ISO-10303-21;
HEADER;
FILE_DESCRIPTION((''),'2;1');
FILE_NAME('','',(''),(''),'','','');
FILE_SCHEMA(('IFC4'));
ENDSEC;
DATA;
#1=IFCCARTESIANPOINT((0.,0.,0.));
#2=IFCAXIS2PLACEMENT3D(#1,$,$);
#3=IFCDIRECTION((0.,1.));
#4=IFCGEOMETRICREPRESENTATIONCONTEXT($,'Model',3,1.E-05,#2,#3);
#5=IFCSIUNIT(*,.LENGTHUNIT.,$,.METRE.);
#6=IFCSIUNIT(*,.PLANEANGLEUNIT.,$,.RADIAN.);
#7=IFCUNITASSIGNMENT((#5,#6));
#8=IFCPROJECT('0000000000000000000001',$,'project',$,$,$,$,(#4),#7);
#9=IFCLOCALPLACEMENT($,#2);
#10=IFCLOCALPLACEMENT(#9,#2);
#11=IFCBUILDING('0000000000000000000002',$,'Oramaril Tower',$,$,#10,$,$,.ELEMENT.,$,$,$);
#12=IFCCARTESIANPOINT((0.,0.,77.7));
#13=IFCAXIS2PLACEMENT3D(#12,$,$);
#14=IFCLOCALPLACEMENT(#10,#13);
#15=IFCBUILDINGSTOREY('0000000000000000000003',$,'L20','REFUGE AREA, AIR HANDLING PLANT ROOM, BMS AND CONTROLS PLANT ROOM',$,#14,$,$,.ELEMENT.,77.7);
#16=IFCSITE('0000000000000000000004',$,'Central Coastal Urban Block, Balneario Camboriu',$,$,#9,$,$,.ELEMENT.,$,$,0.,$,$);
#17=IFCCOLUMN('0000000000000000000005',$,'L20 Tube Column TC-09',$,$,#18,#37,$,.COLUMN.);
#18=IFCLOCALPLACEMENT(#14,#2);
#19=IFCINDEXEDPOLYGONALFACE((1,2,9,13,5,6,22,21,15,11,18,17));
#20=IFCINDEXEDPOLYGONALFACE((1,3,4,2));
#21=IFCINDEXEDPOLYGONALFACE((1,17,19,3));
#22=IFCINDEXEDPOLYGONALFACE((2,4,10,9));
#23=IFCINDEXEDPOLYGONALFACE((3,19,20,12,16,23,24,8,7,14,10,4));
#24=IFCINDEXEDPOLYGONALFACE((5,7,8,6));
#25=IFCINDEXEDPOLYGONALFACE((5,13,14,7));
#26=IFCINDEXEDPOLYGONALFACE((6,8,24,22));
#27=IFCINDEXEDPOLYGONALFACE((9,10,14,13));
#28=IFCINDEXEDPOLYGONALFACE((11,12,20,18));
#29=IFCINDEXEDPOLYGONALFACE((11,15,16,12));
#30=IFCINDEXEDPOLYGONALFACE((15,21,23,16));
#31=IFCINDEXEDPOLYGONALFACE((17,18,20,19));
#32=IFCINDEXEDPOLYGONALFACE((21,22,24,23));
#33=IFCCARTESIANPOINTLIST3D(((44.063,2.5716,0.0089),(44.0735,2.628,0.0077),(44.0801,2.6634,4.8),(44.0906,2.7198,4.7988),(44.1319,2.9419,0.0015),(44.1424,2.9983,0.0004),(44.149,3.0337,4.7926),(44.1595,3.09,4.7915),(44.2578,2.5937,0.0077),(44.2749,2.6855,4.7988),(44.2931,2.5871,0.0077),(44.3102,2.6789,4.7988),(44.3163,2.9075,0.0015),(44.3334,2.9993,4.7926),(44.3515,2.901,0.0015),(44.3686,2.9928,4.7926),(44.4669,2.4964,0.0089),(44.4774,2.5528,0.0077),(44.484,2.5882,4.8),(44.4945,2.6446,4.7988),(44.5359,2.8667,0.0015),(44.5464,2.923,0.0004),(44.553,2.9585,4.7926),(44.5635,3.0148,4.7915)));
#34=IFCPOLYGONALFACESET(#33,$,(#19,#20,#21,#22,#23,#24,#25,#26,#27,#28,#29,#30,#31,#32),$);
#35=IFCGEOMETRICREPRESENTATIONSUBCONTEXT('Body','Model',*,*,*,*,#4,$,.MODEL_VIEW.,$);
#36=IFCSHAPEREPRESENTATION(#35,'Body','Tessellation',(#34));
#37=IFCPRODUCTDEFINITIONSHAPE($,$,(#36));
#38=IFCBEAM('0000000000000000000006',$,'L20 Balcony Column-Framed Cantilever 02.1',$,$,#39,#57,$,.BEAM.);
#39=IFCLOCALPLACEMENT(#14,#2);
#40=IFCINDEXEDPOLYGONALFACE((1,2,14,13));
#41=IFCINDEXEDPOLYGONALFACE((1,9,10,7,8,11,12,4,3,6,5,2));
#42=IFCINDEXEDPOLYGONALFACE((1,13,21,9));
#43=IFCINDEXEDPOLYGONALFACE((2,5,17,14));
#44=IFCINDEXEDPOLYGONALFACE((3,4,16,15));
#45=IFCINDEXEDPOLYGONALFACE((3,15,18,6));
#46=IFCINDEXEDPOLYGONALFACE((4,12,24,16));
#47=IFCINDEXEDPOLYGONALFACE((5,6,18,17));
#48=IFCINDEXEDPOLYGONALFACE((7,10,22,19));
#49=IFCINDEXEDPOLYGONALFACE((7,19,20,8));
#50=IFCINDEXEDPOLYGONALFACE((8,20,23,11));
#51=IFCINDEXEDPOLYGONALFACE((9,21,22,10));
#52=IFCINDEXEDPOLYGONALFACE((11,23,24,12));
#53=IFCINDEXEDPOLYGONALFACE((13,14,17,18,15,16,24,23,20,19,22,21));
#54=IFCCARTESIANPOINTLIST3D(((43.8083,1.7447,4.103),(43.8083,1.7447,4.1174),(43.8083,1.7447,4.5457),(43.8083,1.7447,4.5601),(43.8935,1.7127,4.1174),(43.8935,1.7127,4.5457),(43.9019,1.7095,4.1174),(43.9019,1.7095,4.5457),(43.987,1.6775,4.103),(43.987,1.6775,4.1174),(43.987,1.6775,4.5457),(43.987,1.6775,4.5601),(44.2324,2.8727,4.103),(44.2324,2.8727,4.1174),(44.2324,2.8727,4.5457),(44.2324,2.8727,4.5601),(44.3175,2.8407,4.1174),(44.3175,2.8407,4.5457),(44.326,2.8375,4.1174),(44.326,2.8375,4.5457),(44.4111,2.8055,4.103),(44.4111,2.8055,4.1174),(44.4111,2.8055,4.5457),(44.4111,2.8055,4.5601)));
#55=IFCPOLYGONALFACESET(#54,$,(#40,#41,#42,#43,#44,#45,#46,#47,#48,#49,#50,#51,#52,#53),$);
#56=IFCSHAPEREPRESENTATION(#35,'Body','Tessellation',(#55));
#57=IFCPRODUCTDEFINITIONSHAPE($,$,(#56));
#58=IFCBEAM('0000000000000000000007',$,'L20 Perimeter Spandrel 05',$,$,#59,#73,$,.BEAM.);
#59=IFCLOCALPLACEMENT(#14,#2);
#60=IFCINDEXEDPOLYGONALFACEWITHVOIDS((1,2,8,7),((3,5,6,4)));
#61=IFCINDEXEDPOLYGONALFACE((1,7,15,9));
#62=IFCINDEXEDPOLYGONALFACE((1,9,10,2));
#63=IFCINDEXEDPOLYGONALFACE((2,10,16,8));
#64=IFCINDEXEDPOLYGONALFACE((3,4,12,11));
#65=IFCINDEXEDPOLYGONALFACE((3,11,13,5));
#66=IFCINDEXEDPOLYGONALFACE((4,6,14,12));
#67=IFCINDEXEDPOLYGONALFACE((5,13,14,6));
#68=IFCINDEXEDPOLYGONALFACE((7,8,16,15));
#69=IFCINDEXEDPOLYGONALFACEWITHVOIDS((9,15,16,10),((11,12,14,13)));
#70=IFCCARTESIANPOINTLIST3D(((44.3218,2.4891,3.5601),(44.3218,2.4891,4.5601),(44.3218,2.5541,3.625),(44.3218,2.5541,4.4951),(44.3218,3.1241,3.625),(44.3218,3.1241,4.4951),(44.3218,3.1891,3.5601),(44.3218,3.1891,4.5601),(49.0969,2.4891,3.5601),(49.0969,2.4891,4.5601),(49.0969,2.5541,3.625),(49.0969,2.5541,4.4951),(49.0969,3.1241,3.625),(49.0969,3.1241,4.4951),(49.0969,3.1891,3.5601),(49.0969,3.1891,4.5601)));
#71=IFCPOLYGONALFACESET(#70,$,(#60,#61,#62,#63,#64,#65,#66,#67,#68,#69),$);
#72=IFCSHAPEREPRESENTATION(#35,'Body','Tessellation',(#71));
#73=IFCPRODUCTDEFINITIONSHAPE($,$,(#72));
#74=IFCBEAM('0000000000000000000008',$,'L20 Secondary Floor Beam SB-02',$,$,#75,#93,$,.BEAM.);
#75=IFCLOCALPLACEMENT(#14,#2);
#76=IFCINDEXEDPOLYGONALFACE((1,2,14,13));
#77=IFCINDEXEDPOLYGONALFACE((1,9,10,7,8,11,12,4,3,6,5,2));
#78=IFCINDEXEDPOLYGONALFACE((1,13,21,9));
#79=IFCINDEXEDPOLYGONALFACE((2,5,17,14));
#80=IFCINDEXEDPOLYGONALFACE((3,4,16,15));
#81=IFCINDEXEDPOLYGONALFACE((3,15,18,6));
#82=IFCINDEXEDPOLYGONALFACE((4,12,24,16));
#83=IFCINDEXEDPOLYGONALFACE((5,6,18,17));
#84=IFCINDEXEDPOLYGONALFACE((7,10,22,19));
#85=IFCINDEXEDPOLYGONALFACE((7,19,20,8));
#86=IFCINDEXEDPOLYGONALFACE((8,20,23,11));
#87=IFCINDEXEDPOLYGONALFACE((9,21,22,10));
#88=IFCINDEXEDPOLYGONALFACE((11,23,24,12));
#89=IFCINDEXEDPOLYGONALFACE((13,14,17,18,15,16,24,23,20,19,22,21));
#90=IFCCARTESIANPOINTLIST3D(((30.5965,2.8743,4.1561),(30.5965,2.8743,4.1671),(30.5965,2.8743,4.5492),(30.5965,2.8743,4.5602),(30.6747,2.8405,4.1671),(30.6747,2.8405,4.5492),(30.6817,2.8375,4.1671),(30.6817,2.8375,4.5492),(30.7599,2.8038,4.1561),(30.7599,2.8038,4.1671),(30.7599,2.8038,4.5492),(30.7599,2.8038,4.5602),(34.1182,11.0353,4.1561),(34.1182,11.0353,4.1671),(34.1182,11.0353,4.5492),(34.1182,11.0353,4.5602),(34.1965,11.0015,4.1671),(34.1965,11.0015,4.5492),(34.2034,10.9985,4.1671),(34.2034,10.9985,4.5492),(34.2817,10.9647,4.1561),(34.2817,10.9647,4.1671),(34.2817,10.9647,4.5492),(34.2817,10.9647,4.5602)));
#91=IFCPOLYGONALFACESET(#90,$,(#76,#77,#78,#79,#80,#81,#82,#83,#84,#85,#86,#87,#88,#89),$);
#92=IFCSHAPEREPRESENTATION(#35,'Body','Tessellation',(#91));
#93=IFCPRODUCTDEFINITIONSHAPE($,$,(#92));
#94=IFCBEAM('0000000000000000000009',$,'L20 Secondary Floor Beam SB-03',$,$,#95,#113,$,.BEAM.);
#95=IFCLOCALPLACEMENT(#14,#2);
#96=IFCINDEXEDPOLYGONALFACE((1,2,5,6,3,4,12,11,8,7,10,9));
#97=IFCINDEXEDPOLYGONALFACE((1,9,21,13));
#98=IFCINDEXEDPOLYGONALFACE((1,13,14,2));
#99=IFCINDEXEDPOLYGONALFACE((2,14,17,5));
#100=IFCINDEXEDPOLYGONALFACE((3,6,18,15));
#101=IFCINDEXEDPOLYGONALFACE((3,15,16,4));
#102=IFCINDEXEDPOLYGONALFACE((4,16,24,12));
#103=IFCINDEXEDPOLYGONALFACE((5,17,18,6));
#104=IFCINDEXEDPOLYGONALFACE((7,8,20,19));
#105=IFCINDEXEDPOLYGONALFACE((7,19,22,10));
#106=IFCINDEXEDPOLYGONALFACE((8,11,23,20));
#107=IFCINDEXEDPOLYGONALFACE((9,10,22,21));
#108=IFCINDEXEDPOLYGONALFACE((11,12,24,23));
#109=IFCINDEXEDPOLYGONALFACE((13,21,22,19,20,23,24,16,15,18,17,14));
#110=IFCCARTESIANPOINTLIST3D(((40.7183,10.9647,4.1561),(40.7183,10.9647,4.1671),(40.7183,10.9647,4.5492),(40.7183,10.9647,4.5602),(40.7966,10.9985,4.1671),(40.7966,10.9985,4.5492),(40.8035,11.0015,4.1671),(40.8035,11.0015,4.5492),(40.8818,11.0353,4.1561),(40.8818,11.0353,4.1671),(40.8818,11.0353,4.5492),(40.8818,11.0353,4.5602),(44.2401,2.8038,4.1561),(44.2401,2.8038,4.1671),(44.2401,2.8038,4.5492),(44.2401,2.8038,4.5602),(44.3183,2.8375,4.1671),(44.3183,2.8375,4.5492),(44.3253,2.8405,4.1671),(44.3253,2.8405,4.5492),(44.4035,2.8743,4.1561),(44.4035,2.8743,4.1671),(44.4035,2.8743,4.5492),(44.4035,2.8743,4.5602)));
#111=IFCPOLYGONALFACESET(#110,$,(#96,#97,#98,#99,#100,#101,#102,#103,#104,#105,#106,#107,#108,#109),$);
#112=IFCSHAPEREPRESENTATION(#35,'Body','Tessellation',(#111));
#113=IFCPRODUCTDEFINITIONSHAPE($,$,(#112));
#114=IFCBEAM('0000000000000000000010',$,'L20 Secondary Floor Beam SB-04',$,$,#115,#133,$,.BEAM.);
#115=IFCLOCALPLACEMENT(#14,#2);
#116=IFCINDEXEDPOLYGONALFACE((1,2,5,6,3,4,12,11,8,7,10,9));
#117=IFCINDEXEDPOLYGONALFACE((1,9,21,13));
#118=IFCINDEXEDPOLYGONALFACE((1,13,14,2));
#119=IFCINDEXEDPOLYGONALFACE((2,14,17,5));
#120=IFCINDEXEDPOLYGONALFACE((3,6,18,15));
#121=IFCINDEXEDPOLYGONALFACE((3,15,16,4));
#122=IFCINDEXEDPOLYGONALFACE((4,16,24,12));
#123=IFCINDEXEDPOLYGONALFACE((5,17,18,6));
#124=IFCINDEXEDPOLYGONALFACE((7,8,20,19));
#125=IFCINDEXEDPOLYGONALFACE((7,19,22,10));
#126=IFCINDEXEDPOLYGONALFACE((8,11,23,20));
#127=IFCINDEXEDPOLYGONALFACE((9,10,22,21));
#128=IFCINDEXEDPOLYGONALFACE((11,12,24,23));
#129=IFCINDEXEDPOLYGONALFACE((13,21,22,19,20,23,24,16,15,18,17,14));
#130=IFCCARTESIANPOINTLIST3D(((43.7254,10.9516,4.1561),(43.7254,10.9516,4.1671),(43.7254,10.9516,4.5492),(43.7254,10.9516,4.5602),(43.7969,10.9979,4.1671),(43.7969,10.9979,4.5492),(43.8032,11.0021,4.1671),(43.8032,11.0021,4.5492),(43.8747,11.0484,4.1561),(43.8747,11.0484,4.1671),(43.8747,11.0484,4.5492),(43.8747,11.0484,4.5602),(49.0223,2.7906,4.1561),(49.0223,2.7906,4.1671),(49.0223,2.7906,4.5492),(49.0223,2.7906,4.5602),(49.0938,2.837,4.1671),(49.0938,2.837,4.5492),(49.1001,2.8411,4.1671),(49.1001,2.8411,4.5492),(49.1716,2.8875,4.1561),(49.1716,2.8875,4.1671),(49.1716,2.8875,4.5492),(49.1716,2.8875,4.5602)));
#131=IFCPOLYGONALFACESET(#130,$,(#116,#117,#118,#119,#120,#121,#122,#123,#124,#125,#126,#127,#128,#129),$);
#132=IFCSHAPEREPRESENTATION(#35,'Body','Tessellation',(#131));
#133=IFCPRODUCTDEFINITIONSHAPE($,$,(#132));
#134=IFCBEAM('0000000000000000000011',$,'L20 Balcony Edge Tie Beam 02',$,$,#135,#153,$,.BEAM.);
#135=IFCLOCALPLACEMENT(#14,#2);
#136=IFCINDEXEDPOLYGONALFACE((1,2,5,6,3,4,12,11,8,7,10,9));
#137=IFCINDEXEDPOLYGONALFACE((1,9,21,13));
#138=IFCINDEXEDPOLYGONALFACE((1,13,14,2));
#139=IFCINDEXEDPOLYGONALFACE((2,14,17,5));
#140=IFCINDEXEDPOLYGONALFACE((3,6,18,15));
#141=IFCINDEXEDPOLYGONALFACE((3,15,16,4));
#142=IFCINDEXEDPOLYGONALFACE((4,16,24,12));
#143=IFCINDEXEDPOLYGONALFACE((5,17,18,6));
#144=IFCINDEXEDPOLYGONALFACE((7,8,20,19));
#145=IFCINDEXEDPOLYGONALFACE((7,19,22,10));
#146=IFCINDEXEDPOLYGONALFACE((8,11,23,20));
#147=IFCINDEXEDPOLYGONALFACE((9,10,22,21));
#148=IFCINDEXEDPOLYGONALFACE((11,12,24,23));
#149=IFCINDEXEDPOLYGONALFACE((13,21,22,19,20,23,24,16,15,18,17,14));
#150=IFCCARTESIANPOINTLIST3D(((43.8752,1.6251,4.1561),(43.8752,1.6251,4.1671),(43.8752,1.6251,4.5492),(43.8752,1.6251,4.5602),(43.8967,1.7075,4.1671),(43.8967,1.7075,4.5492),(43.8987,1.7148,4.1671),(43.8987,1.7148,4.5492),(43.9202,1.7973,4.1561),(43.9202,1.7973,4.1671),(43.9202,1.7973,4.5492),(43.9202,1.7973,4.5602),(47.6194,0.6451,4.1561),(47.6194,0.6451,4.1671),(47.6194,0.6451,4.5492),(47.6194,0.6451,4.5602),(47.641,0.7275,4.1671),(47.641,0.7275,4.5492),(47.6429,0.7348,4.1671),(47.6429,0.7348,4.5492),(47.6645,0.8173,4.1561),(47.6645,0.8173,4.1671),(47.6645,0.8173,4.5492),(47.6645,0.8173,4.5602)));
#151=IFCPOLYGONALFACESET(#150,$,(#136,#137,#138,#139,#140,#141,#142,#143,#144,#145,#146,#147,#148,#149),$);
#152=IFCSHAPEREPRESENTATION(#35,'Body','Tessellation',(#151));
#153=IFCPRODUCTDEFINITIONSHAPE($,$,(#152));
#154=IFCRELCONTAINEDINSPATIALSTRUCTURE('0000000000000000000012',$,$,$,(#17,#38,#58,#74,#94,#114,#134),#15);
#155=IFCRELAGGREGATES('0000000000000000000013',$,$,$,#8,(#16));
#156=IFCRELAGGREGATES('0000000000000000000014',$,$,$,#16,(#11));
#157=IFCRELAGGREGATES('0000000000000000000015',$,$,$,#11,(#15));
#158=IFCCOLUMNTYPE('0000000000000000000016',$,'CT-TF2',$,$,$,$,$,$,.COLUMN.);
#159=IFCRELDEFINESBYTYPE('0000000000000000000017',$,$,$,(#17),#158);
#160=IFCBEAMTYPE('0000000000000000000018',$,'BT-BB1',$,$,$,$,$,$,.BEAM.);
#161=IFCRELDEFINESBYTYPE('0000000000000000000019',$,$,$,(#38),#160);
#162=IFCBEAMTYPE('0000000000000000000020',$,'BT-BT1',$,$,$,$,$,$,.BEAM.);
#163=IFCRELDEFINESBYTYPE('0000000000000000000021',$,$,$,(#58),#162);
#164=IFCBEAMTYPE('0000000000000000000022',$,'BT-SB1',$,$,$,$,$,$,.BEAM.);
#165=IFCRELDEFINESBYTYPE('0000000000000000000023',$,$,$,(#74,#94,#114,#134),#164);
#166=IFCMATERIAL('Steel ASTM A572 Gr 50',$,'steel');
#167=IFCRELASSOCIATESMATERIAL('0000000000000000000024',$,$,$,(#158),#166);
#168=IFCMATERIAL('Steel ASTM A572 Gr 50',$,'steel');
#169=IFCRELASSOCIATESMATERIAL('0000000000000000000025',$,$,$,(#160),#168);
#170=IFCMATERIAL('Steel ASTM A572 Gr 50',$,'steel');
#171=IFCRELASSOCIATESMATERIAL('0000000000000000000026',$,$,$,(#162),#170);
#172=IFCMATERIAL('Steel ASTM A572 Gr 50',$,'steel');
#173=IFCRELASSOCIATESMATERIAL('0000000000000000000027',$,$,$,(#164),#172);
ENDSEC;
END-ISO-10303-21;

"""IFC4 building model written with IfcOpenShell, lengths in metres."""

from ifc_helpers import new_model, si_unit, direction, frame, origin, origin_2d, place, context, subcontext, project, spatial, hollow_rectangle, i_section, extrude, material, material_profile, profile_set, type_object, element, save


model = new_model("IFC4")

# Units and contexts
model_context = context("Model", 3, precision=1e-05, world=origin(), true_north=direction((0.0, 1.0)))
body_context = subcontext(model_context, "Body", "Model", "MODEL_VIEW")
ifc_project = project(units=[si_unit("LENGTHUNIT", "METRE"), si_unit("PLANEANGLEUNIT", "RADIAN")], contexts=[model_context])

# Site, building, storey
site_placement = place(None, origin())
site = spatial("IfcSite", under=ifc_project, at=site_placement, Name="Central Coastal Urban Block, Balneario Camboriu", CompositionType="ELEMENT", RefElevation=0.0)
building_placement = place(site_placement, origin())
building = spatial("IfcBuilding", under=site, at=building_placement, Name="Oramaril Tower", CompositionType="ELEMENT")
storey_placement = place(building_placement, frame((0.0, 0.0, 77.7)))
storey = spatial("IfcBuildingStorey", under=building, at=storey_placement, Name="L20", Description="REFUGE AREA, AIR HANDLING PLANT ROOM, BMS AND CONTROLS PLANT ROOM", CompositionType="ELEMENT", Elevation=77.7)

# Column
ifc_material_1 = material(Name="Steel ASTM A572 Gr 50", Category="steel")
ifc_material_profile_1 = material_profile(ifc_material_1, i_section(OverallWidth=0.4109, OverallDepth=0.4341, WebThickness=0.0359, FlangeThickness=0.0574, at=origin_2d()), Name="W14X311")
ifc_profile_set_1 = profile_set([ifc_material_profile_1], Name="Steel ASTM A572 Gr 50")
column_type = type_object("IfcColumnType", Name="CT-TF2", PredefinedType="COLUMN", material=ifc_profile_set_1)
column_placement = place(storey_placement, frame((44.3047, 2.7473, 0.0046), z_axis=(0.003566, 0.019157, 0.99981), x_axis=(-0.983108, 0.183025, 0.0)))
element("IfcColumn", 1, at=column_placement, inside=storey, type_object=column_type, Name="L20 Tube Column TC-09", PredefinedType="COLUMN", context=body_context, shape_type="SweptSolid", body=[
    extrude(i_section(OverallWidth=0.4109, OverallDepth=0.4341, WebThickness=0.0359, FlangeThickness=0.0574, at=origin_2d()), origin(), (0.0, 0.0, 1.0), 4.792),
])

# Beams
ifc_material_2 = material(Name="Steel ASTM A572 Gr 50", Category="steel")
ifc_material_profile_2 = material_profile(ifc_material_2, i_section(OverallWidth=0.1909, OverallDepth=0.457, WebThickness=0.009, FlangeThickness=0.0144, at=origin_2d()), Name="W18X50")
ifc_profile_set_2 = profile_set([ifc_material_profile_2], Name="Steel ASTM A572 Gr 50")
beam_type_1 = type_object("IfcBeamType", Name="BT-BB1", PredefinedType="BEAM", material=ifc_profile_set_2)
beam_1_placement = place(storey_placement, frame((44.3218, 2.8391, 4.3315), z_axis=(-0.351923, -0.936029, 0.0), x_axis=(0.936029, -0.351923, 0.0)))
element("IfcBeam", 2, at=beam_1_placement, inside=storey, type_object=beam_type_1, Name="L20 Balcony Column-Framed Cantilever 02.1", PredefinedType="BEAM", context=body_context, shape_type="SweptSolid", body=[
    extrude(i_section(OverallWidth=0.1909, OverallDepth=0.457, WebThickness=0.009, FlangeThickness=0.0144, at=origin_2d()), origin(), (0.0, 0.0, 1.0), 1.2051),
])
ifc_material_3 = material(Name="Steel ASTM A572 Gr 50", Category="steel")
ifc_material_profile_3 = material_profile(ifc_material_3, hollow_rectangle(XDim=0.7, YDim=1.0, WallThickness=0.0649, at=origin_2d()), Name="BOX1000X700X65")
ifc_profile_set_3 = profile_set([ifc_material_profile_3], Name="Steel ASTM A572 Gr 50")
beam_type_2 = type_object("IfcBeamType", Name="BT-BT1", PredefinedType="BEAM", material=ifc_profile_set_3)
beam_2_placement = place(storey_placement, frame((44.3218, 2.8391, 4.0601), z_axis=(1.0, 0.0, 0.0), x_axis=(0.0, 1.0, 0.0)))
element("IfcBeam", 3, at=beam_2_placement, inside=storey, type_object=beam_type_2, Name="L20 Perimeter Spandrel 05", PredefinedType="BEAM", context=body_context, shape_type="SweptSolid", body=[
    extrude(hollow_rectangle(XDim=0.7, YDim=1.0, WallThickness=0.0649, at=origin_2d()), origin(), (0.0, 0.0, 1.0), 4.7751),
])
ifc_material_4 = material(Name="Steel ASTM A572 Gr 50", Category="steel")
ifc_material_profile_4 = material_profile(ifc_material_4, i_section(OverallWidth=0.178, OverallDepth=0.4041, WebThickness=0.0076, FlangeThickness=0.011, at=origin_2d()), Name="W16X36")
ifc_profile_set_4 = profile_set([ifc_material_profile_4], Name="Steel ASTM A572 Gr 50")
beam_type_3 = type_object("IfcBeamType", Name="BT-SB1", PredefinedType="BEAM", material=ifc_profile_set_4)
for number, where, z_axis, x_axis, name in (
    (4, (34.2, 11.0, 4.3582), (-0.396219, -0.918156, 0.0), (0.918156, -0.396219, 0.0), "L20 Secondary Floor Beam SB-02"),
    (5, (40.8, 11.0, 4.3582), (0.396219, -0.918156, 0.0), (0.918156, 0.396219, 0.0), "L20 Secondary Floor Beam SB-03"),
):
    element("IfcBeam", number, at=place(storey_placement, frame(where, z_axis=z_axis, x_axis=x_axis)), inside=storey, type_object=beam_type_3, Name=name, PredefinedType="BEAM", context=body_context, shape_type="SweptSolid", body=[
        extrude(i_section(OverallWidth=0.178, OverallDepth=0.4041, WebThickness=0.0076, FlangeThickness=0.011, at=origin_2d()), origin(), (0.0, 0.0, 1.0), 8.8884),
    ])
beam_3_placement = place(storey_placement, frame((43.8, 11.0, 4.3582), z_axis=(0.544432, -0.838805, 0.0), x_axis=(0.838805, 0.544432, 0.0)))
element("IfcBeam", 6, at=beam_3_placement, inside=storey, type_object=beam_type_3, Name="L20 Secondary Floor Beam SB-04", PredefinedType="BEAM", context=body_context, shape_type="SweptSolid", body=[
    extrude(i_section(OverallWidth=0.178, OverallDepth=0.4041, WebThickness=0.0076, FlangeThickness=0.011, at=origin_2d()), origin(), (0.0, 0.0, 1.0), 9.7292),
])
beam_4_placement = place(storey_placement, frame((43.8977, 1.7112, 4.3582), z_axis=(0.967412, -0.253208, 0.0), x_axis=(0.253208, 0.967412, 0.0)))
element("IfcBeam", 7, at=beam_4_placement, inside=storey, type_object=beam_type_3, Name="L20 Balcony Edge Tie Beam 02", PredefinedType="BEAM", context=body_context, shape_type="SweptSolid", body=[
    extrude(i_section(OverallWidth=0.178, OverallDepth=0.4041, WebThickness=0.0076, FlangeThickness=0.011, at=origin_2d()), origin(), (0.0, 0.0, 1.0), 3.8704),
])

save(model, "model.ifc")
